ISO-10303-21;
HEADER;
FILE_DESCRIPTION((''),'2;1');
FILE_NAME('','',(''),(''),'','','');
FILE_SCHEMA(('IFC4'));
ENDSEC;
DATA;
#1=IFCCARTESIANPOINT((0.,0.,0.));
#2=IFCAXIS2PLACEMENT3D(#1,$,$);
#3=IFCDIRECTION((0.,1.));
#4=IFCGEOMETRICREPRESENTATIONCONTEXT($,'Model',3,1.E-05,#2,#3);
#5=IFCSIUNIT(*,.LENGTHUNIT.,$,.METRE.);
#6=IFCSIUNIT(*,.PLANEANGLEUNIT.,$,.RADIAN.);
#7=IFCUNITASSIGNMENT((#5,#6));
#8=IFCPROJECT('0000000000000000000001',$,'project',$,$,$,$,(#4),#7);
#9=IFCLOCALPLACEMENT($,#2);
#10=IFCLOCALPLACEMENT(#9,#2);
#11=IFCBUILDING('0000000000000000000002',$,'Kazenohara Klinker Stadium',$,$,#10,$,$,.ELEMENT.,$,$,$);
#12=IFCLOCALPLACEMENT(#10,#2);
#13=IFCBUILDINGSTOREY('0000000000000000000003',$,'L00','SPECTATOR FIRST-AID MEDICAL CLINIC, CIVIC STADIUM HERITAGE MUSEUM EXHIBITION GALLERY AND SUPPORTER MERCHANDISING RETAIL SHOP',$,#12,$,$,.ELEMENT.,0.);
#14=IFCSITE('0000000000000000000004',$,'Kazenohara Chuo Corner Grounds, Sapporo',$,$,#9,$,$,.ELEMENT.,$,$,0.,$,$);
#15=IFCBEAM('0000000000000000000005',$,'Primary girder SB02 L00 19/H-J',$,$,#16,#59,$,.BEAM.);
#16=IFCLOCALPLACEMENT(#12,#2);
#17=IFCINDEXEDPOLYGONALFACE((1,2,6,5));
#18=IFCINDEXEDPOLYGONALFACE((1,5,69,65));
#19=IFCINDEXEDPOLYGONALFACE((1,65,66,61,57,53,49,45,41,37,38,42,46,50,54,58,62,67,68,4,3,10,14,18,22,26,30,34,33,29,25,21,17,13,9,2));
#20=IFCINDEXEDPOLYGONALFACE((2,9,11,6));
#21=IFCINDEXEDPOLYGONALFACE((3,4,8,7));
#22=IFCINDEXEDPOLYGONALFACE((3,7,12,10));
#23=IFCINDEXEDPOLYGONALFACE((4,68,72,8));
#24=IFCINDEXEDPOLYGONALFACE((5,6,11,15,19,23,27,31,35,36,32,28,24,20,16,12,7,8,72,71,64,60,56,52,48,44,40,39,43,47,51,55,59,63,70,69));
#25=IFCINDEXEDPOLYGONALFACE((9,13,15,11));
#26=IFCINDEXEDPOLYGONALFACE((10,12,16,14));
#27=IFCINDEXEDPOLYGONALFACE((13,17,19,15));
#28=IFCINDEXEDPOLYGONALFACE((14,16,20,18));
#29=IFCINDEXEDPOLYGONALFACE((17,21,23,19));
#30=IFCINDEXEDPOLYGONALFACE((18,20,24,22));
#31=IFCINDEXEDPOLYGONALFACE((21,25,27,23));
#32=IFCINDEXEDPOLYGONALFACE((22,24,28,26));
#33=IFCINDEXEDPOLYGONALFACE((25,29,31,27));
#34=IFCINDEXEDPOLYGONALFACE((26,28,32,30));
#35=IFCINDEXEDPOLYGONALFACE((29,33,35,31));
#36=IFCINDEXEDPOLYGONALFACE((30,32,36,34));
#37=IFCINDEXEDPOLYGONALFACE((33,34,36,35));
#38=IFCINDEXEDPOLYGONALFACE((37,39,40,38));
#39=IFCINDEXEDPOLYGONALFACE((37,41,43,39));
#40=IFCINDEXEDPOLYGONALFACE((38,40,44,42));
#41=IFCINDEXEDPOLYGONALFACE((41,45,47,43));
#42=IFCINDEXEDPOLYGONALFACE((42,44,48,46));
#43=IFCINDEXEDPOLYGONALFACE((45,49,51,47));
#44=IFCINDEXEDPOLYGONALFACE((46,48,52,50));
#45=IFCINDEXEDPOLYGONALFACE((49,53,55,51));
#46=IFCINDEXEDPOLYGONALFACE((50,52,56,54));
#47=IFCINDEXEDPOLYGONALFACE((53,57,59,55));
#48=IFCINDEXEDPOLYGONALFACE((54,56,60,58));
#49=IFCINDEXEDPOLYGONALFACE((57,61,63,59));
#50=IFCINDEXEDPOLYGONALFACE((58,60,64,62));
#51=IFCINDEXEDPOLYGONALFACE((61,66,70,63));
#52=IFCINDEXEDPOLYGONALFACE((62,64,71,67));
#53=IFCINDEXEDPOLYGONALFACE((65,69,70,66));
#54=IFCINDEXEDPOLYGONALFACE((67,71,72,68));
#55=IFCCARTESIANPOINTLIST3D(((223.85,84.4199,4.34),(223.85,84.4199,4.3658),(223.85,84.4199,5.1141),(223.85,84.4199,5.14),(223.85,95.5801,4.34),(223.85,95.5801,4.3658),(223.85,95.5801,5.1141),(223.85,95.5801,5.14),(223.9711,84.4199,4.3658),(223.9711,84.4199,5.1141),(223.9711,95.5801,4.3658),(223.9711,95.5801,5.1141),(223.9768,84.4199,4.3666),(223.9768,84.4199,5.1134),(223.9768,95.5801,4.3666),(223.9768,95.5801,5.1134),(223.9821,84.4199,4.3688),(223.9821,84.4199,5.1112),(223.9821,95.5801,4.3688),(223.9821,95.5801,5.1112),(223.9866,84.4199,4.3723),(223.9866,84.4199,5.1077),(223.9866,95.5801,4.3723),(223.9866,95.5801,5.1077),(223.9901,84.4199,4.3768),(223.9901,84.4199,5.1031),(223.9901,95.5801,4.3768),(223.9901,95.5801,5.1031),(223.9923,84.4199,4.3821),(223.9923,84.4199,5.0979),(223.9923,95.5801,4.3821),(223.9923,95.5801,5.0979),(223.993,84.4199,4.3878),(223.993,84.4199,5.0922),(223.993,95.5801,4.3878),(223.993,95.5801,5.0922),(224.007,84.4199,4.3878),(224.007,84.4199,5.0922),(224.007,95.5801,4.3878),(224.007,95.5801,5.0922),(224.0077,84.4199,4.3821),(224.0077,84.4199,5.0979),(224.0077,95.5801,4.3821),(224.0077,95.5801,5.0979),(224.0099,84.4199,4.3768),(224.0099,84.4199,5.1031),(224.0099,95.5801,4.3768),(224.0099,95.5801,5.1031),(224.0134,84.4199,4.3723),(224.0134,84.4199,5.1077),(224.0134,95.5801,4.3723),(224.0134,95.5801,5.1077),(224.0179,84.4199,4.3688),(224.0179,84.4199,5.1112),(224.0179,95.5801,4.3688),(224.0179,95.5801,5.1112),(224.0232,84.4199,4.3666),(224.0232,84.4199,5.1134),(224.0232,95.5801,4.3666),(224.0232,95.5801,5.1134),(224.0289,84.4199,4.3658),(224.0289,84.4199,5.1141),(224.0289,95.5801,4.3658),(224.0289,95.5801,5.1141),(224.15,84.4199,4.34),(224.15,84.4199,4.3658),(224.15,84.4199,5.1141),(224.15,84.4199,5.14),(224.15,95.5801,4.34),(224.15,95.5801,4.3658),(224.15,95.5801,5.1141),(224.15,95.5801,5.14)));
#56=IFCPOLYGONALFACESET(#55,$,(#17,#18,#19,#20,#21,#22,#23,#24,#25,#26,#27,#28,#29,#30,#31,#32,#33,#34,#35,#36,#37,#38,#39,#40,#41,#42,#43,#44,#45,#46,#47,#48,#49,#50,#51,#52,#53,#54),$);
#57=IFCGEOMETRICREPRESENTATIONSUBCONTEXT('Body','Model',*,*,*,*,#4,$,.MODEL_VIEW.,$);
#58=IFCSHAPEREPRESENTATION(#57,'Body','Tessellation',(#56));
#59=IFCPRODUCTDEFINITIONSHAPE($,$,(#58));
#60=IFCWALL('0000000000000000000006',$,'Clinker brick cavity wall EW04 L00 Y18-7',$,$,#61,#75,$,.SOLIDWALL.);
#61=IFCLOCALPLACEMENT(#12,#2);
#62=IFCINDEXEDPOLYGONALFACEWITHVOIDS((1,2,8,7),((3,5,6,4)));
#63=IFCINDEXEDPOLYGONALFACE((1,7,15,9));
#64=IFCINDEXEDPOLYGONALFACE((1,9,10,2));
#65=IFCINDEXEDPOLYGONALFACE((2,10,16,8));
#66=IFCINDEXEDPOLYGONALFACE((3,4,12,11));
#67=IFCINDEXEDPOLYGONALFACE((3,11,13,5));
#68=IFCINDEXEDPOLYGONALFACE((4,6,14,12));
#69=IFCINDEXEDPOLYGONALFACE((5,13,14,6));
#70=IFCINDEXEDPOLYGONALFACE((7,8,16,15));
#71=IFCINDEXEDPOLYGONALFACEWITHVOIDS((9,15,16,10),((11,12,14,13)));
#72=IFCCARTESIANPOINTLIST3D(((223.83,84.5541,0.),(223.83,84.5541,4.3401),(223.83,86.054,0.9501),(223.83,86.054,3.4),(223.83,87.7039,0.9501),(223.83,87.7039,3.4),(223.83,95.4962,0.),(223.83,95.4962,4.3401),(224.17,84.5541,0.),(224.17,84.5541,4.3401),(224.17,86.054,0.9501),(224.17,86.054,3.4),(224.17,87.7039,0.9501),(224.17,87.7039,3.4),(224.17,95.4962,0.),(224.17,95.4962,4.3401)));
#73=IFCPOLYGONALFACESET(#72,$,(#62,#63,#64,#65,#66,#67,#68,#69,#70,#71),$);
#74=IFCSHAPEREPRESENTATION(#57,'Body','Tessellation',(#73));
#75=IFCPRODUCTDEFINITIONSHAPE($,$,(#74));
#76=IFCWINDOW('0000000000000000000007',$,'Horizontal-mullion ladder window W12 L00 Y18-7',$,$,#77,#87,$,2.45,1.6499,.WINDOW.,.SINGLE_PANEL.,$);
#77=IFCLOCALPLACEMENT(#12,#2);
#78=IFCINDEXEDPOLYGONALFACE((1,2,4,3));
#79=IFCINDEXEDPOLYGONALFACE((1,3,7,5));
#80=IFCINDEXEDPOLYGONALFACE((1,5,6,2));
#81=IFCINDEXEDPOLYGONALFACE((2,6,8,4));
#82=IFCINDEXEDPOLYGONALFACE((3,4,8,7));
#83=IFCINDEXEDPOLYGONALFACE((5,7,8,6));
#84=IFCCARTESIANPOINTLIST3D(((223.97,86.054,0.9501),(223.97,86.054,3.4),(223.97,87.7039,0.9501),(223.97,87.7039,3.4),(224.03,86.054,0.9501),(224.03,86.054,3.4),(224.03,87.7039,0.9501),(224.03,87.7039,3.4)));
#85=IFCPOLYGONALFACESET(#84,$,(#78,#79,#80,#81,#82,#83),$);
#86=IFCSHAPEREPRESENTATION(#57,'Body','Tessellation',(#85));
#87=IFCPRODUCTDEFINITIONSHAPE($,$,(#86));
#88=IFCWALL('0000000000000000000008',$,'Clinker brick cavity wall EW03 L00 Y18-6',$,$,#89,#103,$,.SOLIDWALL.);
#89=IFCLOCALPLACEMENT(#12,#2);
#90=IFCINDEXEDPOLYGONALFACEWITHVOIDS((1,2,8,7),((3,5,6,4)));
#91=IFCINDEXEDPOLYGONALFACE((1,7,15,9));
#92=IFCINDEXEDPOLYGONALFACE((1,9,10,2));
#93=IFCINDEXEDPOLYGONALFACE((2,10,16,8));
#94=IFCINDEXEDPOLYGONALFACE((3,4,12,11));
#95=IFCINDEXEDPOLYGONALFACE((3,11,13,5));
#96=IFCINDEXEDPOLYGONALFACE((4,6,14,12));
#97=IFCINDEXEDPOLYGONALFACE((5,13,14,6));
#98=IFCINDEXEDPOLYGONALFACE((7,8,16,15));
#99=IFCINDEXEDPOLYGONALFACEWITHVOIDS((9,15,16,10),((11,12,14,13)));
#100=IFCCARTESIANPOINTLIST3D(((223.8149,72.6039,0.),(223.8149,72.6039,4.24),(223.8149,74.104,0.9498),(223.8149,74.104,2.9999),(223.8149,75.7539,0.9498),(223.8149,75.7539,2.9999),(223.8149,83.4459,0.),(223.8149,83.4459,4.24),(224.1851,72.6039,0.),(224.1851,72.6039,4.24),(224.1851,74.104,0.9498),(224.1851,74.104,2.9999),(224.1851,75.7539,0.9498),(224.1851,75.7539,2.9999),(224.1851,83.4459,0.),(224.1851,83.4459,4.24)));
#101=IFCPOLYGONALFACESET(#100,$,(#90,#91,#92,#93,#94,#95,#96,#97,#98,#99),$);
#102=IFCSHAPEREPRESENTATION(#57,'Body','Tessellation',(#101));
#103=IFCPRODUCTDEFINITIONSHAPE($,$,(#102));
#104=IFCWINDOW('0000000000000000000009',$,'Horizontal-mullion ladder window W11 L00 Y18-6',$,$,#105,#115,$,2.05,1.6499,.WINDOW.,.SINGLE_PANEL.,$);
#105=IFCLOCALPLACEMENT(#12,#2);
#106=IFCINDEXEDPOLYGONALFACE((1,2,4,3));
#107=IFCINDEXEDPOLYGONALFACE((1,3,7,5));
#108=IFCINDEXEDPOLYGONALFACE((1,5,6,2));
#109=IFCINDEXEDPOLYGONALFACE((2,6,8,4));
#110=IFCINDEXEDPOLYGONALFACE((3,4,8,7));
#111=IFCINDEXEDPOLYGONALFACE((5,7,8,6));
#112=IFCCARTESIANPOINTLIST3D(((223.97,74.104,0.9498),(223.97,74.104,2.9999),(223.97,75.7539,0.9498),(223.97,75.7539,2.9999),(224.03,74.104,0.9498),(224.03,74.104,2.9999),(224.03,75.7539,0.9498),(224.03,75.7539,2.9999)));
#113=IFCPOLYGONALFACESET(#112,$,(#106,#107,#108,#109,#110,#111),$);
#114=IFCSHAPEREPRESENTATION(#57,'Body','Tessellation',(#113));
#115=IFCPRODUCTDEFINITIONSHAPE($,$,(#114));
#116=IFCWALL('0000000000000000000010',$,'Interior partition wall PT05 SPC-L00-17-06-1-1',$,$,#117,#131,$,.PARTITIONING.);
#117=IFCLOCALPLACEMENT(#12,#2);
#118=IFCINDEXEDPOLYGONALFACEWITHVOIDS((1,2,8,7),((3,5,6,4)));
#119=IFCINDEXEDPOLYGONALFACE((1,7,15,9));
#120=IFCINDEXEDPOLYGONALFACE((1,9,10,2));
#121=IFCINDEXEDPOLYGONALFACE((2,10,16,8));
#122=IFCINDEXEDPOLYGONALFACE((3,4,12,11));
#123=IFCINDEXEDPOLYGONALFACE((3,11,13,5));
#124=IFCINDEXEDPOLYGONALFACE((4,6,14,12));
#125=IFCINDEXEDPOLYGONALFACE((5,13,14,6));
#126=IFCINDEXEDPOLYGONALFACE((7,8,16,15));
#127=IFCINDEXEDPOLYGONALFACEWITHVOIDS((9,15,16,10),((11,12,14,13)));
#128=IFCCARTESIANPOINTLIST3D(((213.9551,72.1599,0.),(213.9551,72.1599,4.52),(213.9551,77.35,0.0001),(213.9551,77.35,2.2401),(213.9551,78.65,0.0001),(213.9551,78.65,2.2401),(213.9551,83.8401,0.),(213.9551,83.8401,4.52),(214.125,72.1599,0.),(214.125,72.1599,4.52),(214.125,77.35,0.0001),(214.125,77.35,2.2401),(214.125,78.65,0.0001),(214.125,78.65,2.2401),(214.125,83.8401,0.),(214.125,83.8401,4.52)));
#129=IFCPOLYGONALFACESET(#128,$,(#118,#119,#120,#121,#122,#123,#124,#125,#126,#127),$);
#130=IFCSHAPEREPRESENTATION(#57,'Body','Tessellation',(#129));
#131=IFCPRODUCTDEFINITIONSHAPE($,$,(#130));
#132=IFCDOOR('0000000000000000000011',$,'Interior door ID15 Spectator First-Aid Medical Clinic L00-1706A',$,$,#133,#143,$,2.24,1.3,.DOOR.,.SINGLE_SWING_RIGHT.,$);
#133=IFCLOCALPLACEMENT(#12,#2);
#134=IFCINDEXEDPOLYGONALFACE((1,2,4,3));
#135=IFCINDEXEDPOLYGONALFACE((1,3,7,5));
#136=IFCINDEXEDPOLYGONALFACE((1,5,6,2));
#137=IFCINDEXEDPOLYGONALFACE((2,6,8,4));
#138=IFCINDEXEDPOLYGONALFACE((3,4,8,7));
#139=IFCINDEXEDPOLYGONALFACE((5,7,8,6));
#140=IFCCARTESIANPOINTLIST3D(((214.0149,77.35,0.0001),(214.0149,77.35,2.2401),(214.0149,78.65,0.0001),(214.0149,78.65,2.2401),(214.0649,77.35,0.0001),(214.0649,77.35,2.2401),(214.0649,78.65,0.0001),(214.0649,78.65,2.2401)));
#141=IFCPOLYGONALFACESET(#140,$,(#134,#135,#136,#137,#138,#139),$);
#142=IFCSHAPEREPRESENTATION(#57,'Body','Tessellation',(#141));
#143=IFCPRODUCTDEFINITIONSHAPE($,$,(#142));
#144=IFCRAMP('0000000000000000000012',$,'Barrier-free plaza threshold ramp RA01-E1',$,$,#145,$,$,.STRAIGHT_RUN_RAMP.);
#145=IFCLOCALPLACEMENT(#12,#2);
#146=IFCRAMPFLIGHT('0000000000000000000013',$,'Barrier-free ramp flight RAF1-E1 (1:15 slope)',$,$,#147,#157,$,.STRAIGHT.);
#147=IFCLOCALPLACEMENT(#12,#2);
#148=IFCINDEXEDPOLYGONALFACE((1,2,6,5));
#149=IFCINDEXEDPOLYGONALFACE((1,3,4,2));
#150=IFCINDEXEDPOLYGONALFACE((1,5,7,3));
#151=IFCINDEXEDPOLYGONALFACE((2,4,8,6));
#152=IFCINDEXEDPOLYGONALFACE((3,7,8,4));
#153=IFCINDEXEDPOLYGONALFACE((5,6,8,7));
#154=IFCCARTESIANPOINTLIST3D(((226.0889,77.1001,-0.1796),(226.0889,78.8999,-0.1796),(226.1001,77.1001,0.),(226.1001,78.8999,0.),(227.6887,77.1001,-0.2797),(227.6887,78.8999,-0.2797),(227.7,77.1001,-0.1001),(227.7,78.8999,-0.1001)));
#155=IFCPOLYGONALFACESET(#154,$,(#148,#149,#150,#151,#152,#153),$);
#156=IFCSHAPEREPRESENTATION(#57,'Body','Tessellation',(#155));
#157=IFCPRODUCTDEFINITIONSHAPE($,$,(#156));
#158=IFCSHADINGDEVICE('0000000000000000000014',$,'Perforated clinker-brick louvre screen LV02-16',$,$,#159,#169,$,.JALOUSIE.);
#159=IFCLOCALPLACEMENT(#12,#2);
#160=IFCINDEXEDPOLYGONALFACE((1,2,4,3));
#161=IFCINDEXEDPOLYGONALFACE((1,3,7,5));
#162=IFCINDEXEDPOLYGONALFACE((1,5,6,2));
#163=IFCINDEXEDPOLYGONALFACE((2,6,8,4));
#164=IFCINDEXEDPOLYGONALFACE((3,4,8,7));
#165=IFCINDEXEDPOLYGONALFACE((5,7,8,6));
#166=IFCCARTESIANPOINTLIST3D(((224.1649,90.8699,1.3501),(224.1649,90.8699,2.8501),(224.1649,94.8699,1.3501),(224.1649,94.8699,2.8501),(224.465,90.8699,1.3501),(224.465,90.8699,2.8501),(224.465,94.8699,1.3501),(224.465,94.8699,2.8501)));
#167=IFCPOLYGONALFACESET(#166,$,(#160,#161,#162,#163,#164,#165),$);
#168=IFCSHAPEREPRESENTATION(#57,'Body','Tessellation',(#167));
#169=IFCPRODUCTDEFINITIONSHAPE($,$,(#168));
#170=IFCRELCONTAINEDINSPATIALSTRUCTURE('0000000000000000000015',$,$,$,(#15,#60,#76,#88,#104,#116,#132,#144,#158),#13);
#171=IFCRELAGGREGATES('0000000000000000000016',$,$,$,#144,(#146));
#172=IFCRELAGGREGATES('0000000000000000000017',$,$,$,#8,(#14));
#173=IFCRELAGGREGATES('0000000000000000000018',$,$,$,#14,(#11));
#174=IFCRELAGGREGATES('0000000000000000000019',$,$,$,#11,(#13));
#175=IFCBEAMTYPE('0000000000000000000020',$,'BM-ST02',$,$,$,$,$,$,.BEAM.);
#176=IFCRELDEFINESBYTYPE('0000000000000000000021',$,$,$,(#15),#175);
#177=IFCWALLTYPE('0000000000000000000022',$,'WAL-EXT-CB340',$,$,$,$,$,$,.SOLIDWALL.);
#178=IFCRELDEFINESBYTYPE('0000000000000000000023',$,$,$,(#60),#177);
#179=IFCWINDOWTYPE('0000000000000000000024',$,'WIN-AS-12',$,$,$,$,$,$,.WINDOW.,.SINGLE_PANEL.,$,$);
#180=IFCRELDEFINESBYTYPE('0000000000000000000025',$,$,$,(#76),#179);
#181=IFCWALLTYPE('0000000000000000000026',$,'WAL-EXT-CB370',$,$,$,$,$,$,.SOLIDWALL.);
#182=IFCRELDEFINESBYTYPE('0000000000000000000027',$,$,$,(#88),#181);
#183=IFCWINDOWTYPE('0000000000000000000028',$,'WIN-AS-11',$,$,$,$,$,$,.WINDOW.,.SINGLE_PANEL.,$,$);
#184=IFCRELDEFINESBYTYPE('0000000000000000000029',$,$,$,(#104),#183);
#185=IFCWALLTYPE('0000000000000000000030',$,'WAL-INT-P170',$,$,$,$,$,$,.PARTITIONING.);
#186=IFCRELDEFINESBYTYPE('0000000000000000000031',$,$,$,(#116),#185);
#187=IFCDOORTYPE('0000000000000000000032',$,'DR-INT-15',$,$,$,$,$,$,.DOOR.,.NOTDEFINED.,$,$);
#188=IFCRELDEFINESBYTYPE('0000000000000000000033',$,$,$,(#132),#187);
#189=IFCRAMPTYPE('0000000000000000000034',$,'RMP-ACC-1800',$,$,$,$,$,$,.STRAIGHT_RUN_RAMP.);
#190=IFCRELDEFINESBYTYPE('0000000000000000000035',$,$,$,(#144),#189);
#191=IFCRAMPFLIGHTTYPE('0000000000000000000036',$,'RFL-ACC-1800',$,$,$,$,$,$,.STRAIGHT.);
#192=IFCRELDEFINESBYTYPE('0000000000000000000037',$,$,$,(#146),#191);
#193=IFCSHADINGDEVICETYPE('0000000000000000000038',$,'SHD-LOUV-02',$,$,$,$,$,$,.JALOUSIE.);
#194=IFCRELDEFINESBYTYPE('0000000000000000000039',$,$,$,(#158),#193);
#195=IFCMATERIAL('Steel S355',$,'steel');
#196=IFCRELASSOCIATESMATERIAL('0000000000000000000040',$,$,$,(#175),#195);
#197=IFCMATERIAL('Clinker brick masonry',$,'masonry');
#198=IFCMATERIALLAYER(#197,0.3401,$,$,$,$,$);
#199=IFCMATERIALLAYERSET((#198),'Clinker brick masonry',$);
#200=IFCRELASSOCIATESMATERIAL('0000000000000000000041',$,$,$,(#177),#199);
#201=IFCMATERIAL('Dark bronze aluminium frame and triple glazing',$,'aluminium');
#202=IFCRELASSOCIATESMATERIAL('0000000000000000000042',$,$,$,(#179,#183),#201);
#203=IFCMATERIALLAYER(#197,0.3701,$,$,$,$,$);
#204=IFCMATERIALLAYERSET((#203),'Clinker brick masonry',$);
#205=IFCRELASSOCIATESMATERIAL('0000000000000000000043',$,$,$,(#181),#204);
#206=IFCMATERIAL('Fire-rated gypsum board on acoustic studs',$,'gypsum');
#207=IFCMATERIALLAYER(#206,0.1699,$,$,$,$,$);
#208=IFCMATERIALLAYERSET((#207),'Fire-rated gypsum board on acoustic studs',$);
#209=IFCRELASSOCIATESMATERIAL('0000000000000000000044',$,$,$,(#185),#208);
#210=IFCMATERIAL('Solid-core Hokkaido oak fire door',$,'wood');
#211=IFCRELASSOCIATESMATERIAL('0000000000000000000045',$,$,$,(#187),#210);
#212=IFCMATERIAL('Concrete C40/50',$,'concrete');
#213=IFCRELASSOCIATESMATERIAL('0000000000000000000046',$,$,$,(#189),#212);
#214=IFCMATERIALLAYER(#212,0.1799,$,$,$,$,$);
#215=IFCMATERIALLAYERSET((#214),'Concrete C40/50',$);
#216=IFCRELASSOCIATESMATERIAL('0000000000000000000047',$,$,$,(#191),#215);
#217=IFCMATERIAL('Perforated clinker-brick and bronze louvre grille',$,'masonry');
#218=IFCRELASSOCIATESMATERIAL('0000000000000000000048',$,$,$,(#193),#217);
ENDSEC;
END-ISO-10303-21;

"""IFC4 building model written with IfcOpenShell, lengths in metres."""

from ifc_helpers import new_model, si_unit, direction, frame, frame_2d, origin, origin_2d, place, context, subcontext, project, spatial, polyline, rectangle, i_section, outline, extrude, material, layer, layer_set, material_profile, profile_set, type_object, element, fill, aggregate, save


model = new_model("IFC4")

# Units and contexts
model_context = context("Model", 3, precision=1e-05, world=origin(), true_north=direction((0.0, 1.0)))
body_context = subcontext(model_context, "Body", "Model", "MODEL_VIEW")
ifc_project = project(units=[si_unit("LENGTHUNIT", "METRE"), si_unit("PLANEANGLEUNIT", "RADIAN")], contexts=[model_context])

# Site, building, storey
site_placement = place(None, origin())
site = spatial("IfcSite", under=ifc_project, at=site_placement, Name="Kazenohara Chuo Corner Grounds, Sapporo", CompositionType="ELEMENT", RefElevation=0.0)
building_placement = place(site_placement, origin())
building = spatial("IfcBuilding", under=site, at=building_placement, Name="Kazenohara Klinker Stadium", CompositionType="ELEMENT")
storey_placement = place(building_placement, origin())
storey = spatial("IfcBuildingStorey", under=building, at=storey_placement, Name="L00", Description="SPECTATOR FIRST-AID MEDICAL CLINIC, CIVIC STADIUM HERITAGE MUSEUM EXHIBITION GALLERY AND SUPPORTER MERCHANDISING RETAIL SHOP", CompositionType="ELEMENT", Elevation=0.0)

# Shared definitions
ifc_material_1 = material(Name="Concrete C40/50", Category="concrete")

# Beam
ifc_material_2 = material(Name="Steel S355", Category="steel")
ifc_material_profile_1 = material_profile(ifc_material_2, i_section(OverallWidth=0.3, OverallDepth=0.8, WebThickness=0.0139, FlangeThickness=0.0259, FilletRadius=0.022, at=origin_2d()), Name="H-800x300x14x26")
ifc_profile_set_1 = profile_set([ifc_material_profile_1], Name="Steel S355")
beam_type_1 = type_object("IfcBeamType", Name="BM-ST02", PredefinedType="BEAM", material=ifc_profile_set_1)
beam_1_placement = place(storey_placement, frame((224.0, 84.4199, 4.74), z_axis=(0.0, 1.0, 0.0), x_axis=(-1.0, 0.0, 0.0)))
element("IfcBeam", 1, at=beam_1_placement, inside=storey, type_object=beam_type_1, Name="Primary girder SB02 L00 19/H-J", PredefinedType="BEAM", context=body_context, shape_type="SweptSolid", body=[
    extrude(i_section(OverallWidth=0.3, OverallDepth=0.8, WebThickness=0.0139, FlangeThickness=0.0259, FilletRadius=0.022, at=origin_2d()), origin(), (0.0, 0.0, 1.0), 11.1602),
])

# Walls, openings, windows
ifc_material_3 = material(Name="Clinker brick masonry", Category="masonry")
ifc_layer_1 = layer(ifc_material_3, 0.3401)
ifc_layer_set_1 = layer_set([ifc_layer_1], Name="Clinker brick masonry")
wall_type_1 = type_object("IfcWallType", Name="WAL-EXT-CB340", PredefinedType="SOLIDWALL", material=ifc_layer_set_1)
wall_1_placement = place(storey_placement, frame((224.0, 84.554, 0.0), z_axis=(0.0, 0.0, 1.0), x_axis=(0.0, 1.0, 0.0)))
wall_1 = element("IfcWall", 2, at=wall_1_placement, inside=storey, type_object=wall_type_1, Name="Clinker brick cavity wall EW04 L00 Y18-7", PredefinedType="SOLIDWALL", context=body_context, shape_type="SweptSolid", body=[
    extrude(rectangle(XDim=10.9421, YDim=0.3401, at=frame_2d((5.4712, 0.0))), origin(), (0.0, 0.0, 1.0), 4.3401),
])
opening_1_placement = place(wall_1_placement, frame((1.5, 0.0, 0.95)))
opening_1 = element("IfcOpeningElement", 3, at=opening_1_placement, cuts=wall_1, PredefinedType="OPENING", context=body_context, shape_type="SweptSolid", body=[
    extrude(rectangle(XDim=1.6499, YDim=2.45, at=frame_2d((0.825, 1.2251))), frame((0.0, 0.1802, 0.0), z_axis=(0.0, -1.0, 0.0), x_axis=(1.0, 0.0, 0.0)), (0.0, 0.0, 1.0), 0.3601),
])
ifc_material_4 = material(Name="Dark bronze aluminium frame and triple glazing", Category="aluminium")
window_type_1 = type_object("IfcWindowType", Name="WIN-AS-12", PartitioningType="SINGLE_PANEL", PredefinedType="WINDOW", material=ifc_material_4)
window_1_placement = place(opening_1_placement, origin())
window_1 = element("IfcWindow", 4, at=window_1_placement, inside=storey, type_object=window_type_1, Name="Horizontal-mullion ladder window W12 L00 Y18-7", OverallHeight=2.45, OverallWidth=1.6499, PartitioningType="SINGLE_PANEL", PredefinedType="WINDOW", context=body_context, shape_type="SweptSolid", body=[
    extrude(rectangle(XDim=1.6499, YDim=2.45, at=frame_2d((0.825, 1.2251))), frame((0.0, 0.03, 0.0), z_axis=(0.0, -1.0, 0.0), x_axis=(1.0, 0.0, 0.0)), (0.0, 0.0, 1.0), 0.0601),
])
fill(opening_1, window_1)
ifc_layer_2 = layer(ifc_material_3, 0.3701)
ifc_layer_set_2 = layer_set([ifc_layer_2], Name="Clinker brick masonry")
wall_type_2 = type_object("IfcWallType", Name="WAL-EXT-CB370", PredefinedType="SOLIDWALL", material=ifc_layer_set_2)
wall_2_placement = place(storey_placement, frame((224.0, 72.604, 0.0), z_axis=(0.0, 0.0, 1.0), x_axis=(0.0, 1.0, 0.0)))
wall_2 = element("IfcWall", 5, at=wall_2_placement, inside=storey, type_object=wall_type_2, Name="Clinker brick cavity wall EW03 L00 Y18-6", PredefinedType="SOLIDWALL", context=body_context, shape_type="SweptSolid", body=[
    extrude(rectangle(XDim=10.842, YDim=0.3701, at=frame_2d((5.4209, 0.0))), origin(), (0.0, 0.0, 1.0), 4.24),
])
opening_2_placement = place(wall_2_placement, frame((1.5, 0.0, 0.95)))
opening_2 = element("IfcOpeningElement", 6, at=opening_2_placement, cuts=wall_2, PredefinedType="OPENING", context=body_context, shape_type="SweptSolid", body=[
    extrude(rectangle(XDim=1.6499, YDim=2.05, at=frame_2d((0.825, 1.0249))), frame((0.0, 0.1951, 0.0), z_axis=(0.0, -1.0, 0.0), x_axis=(1.0, 0.0, 0.0)), (0.0, 0.0, 1.0), 0.3901),
])
window_type_2 = type_object("IfcWindowType", Name="WIN-AS-11", PartitioningType="SINGLE_PANEL", PredefinedType="WINDOW", material=ifc_material_4)
window_2_placement = place(opening_2_placement, origin())
window_2 = element("IfcWindow", 7, at=window_2_placement, inside=storey, type_object=window_type_2, Name="Horizontal-mullion ladder window W11 L00 Y18-6", OverallHeight=2.05, OverallWidth=1.6499, PartitioningType="SINGLE_PANEL", PredefinedType="WINDOW", context=body_context, shape_type="SweptSolid", body=[
    extrude(rectangle(XDim=1.6499, YDim=2.05, at=frame_2d((0.825, 1.0249))), frame((0.0, 0.03, 0.0), z_axis=(0.0, -1.0, 0.0), x_axis=(1.0, 0.0, 0.0)), (0.0, 0.0, 1.0), 0.0601),
])
fill(opening_2, window_2)

# Wall, opening, door
ifc_material_5 = material(Name="Fire-rated gypsum board on acoustic studs", Category="gypsum")
ifc_layer_3 = layer(ifc_material_5, 0.1699)
ifc_layer_set_3 = layer_set([ifc_layer_3], Name="Fire-rated gypsum board on acoustic studs")
wall_type_3 = type_object("IfcWallType", Name="WAL-INT-P170", PredefinedType="PARTITIONING", material=ifc_layer_set_3)
wall_3_placement = place(storey_placement, frame((214.04, 72.1599, 0.0), z_axis=(0.0, 0.0, 1.0), x_axis=(0.0, 1.0, 0.0)))
wall_3 = element("IfcWall", 8, at=wall_3_placement, inside=storey, type_object=wall_type_3, Name="Interior partition wall PT05 SPC-L00-17-06-1-1", PredefinedType="PARTITIONING", context=body_context, shape_type="SweptSolid", body=[
    extrude(rectangle(XDim=11.6802, YDim=0.1699, at=frame_2d((5.8401, 0.0))), origin(), (0.0, 0.0, 1.0), 4.52),
])
opening_3_placement = place(wall_3_placement, frame((6.49, 0.0, 0.0), z_axis=(0.0, 0.0, 1.0), x_axis=(-1.0, 0.0, 0.0)))
opening_3 = element("IfcOpeningElement", 9, at=opening_3_placement, cuts=wall_3, PredefinedType="OPENING", context=body_context, shape_type="SweptSolid", body=[
    extrude(rectangle(XDim=1.3, YDim=2.24, at=frame_2d((0.6499, 1.1201))), frame((0.0, 0.095, 0.0), z_axis=(0.0, -1.0, 0.0), x_axis=(1.0, 0.0, 0.0)), (0.0, 0.0, 1.0), 0.1899),
])
ifc_material_6 = material(Name="Solid-core Hokkaido oak fire door", Category="wood")
door_type = type_object("IfcDoorType", Name="DR-INT-15", OperationType="NOTDEFINED", PredefinedType="DOOR", material=ifc_material_6)
door_placement = place(opening_3_placement, origin())
door = element("IfcDoor", 10, at=door_placement, inside=storey, type_object=door_type, Name="Interior door ID15 Spectator First-Aid Medical Clinic L00-1706A", OperationType="SINGLE_SWING_RIGHT", OverallHeight=2.24, OverallWidth=1.3, PredefinedType="DOOR", context=body_context, shape_type="SweptSolid", body=[
    extrude(rectangle(XDim=1.3, YDim=2.24, at=frame_2d((0.6499, 1.1201))), frame((0.0, 0.0249, 0.0), z_axis=(0.0, -1.0, 0.0), x_axis=(1.0, 0.0, 0.0)), (0.0, 0.0, 1.0), 0.05),
])
fill(opening_3, door)

# Ramp, ramp flight
ramp_type = type_object("IfcRampType", Name="RMP-ACC-1800", PredefinedType="STRAIGHT_RUN_RAMP", material=ifc_material_1)
ramp_placement = place(storey_placement, origin())
ramp = element("IfcRamp", 11, at=ramp_placement, inside=storey, type_object=ramp_type, Name="Barrier-free plaza threshold ramp RA01-E1", PredefinedType="STRAIGHT_RUN_RAMP")
ifc_layer_4 = layer(ifc_material_1, 0.1799)
ifc_layer_set_4 = layer_set([ifc_layer_4], Name="Concrete C40/50")
ramp_flight_type = type_object("IfcRampFlightType", Name="RFL-ACC-1800", PredefinedType="STRAIGHT", material=ifc_layer_set_4)
ramp_flight_placement = place(storey_placement, frame((227.7, 77.1001, -0.1001), z_axis=(0.062445, 0.0, 0.998048), x_axis=(-0.998048, 0.0, 0.062445)))
ramp_flight = element("IfcRampFlight", 12, at=ramp_flight_placement, type_object=ramp_flight_type, Name="Barrier-free ramp flight RAF1-E1 (1:15 slope)", PredefinedType="STRAIGHT", context=body_context, shape_type="SweptSolid", body=[
    extrude(outline(polyline([(0.0, 0.0), (1.603, 0.0), (1.603, -1.7998), (0.0, -1.7998), (0.0, 0.0)])), origin(), (0.0, 0.0, -1.0), 0.1799),
])
aggregate(ramp, [ramp_flight])

# Shading device
ifc_material_7 = material(Name="Perforated clinker-brick and bronze louvre grille", Category="masonry")
shading_device_type = type_object("IfcShadingDeviceType", Name="SHD-LOUV-02", PredefinedType="JALOUSIE", material=ifc_material_7)
shading_device_placement = place(storey_placement, frame((224.3149, 92.8699, 1.3501), z_axis=(0.0, 0.0, 1.0), x_axis=(0.0, 1.0, 0.0)))
element("IfcShadingDevice", 13, at=shading_device_placement, inside=storey, type_object=shading_device_type, Name="Perforated clinker-brick louvre screen LV02-16", PredefinedType="JALOUSIE", context=body_context, shape_type="SweptSolid", body=[
    extrude(rectangle(XDim=4.0, YDim=0.3, at=origin_2d()), origin(), (0.0, 0.0, 1.0), 1.5),
])

save(model, "model.ifc")
